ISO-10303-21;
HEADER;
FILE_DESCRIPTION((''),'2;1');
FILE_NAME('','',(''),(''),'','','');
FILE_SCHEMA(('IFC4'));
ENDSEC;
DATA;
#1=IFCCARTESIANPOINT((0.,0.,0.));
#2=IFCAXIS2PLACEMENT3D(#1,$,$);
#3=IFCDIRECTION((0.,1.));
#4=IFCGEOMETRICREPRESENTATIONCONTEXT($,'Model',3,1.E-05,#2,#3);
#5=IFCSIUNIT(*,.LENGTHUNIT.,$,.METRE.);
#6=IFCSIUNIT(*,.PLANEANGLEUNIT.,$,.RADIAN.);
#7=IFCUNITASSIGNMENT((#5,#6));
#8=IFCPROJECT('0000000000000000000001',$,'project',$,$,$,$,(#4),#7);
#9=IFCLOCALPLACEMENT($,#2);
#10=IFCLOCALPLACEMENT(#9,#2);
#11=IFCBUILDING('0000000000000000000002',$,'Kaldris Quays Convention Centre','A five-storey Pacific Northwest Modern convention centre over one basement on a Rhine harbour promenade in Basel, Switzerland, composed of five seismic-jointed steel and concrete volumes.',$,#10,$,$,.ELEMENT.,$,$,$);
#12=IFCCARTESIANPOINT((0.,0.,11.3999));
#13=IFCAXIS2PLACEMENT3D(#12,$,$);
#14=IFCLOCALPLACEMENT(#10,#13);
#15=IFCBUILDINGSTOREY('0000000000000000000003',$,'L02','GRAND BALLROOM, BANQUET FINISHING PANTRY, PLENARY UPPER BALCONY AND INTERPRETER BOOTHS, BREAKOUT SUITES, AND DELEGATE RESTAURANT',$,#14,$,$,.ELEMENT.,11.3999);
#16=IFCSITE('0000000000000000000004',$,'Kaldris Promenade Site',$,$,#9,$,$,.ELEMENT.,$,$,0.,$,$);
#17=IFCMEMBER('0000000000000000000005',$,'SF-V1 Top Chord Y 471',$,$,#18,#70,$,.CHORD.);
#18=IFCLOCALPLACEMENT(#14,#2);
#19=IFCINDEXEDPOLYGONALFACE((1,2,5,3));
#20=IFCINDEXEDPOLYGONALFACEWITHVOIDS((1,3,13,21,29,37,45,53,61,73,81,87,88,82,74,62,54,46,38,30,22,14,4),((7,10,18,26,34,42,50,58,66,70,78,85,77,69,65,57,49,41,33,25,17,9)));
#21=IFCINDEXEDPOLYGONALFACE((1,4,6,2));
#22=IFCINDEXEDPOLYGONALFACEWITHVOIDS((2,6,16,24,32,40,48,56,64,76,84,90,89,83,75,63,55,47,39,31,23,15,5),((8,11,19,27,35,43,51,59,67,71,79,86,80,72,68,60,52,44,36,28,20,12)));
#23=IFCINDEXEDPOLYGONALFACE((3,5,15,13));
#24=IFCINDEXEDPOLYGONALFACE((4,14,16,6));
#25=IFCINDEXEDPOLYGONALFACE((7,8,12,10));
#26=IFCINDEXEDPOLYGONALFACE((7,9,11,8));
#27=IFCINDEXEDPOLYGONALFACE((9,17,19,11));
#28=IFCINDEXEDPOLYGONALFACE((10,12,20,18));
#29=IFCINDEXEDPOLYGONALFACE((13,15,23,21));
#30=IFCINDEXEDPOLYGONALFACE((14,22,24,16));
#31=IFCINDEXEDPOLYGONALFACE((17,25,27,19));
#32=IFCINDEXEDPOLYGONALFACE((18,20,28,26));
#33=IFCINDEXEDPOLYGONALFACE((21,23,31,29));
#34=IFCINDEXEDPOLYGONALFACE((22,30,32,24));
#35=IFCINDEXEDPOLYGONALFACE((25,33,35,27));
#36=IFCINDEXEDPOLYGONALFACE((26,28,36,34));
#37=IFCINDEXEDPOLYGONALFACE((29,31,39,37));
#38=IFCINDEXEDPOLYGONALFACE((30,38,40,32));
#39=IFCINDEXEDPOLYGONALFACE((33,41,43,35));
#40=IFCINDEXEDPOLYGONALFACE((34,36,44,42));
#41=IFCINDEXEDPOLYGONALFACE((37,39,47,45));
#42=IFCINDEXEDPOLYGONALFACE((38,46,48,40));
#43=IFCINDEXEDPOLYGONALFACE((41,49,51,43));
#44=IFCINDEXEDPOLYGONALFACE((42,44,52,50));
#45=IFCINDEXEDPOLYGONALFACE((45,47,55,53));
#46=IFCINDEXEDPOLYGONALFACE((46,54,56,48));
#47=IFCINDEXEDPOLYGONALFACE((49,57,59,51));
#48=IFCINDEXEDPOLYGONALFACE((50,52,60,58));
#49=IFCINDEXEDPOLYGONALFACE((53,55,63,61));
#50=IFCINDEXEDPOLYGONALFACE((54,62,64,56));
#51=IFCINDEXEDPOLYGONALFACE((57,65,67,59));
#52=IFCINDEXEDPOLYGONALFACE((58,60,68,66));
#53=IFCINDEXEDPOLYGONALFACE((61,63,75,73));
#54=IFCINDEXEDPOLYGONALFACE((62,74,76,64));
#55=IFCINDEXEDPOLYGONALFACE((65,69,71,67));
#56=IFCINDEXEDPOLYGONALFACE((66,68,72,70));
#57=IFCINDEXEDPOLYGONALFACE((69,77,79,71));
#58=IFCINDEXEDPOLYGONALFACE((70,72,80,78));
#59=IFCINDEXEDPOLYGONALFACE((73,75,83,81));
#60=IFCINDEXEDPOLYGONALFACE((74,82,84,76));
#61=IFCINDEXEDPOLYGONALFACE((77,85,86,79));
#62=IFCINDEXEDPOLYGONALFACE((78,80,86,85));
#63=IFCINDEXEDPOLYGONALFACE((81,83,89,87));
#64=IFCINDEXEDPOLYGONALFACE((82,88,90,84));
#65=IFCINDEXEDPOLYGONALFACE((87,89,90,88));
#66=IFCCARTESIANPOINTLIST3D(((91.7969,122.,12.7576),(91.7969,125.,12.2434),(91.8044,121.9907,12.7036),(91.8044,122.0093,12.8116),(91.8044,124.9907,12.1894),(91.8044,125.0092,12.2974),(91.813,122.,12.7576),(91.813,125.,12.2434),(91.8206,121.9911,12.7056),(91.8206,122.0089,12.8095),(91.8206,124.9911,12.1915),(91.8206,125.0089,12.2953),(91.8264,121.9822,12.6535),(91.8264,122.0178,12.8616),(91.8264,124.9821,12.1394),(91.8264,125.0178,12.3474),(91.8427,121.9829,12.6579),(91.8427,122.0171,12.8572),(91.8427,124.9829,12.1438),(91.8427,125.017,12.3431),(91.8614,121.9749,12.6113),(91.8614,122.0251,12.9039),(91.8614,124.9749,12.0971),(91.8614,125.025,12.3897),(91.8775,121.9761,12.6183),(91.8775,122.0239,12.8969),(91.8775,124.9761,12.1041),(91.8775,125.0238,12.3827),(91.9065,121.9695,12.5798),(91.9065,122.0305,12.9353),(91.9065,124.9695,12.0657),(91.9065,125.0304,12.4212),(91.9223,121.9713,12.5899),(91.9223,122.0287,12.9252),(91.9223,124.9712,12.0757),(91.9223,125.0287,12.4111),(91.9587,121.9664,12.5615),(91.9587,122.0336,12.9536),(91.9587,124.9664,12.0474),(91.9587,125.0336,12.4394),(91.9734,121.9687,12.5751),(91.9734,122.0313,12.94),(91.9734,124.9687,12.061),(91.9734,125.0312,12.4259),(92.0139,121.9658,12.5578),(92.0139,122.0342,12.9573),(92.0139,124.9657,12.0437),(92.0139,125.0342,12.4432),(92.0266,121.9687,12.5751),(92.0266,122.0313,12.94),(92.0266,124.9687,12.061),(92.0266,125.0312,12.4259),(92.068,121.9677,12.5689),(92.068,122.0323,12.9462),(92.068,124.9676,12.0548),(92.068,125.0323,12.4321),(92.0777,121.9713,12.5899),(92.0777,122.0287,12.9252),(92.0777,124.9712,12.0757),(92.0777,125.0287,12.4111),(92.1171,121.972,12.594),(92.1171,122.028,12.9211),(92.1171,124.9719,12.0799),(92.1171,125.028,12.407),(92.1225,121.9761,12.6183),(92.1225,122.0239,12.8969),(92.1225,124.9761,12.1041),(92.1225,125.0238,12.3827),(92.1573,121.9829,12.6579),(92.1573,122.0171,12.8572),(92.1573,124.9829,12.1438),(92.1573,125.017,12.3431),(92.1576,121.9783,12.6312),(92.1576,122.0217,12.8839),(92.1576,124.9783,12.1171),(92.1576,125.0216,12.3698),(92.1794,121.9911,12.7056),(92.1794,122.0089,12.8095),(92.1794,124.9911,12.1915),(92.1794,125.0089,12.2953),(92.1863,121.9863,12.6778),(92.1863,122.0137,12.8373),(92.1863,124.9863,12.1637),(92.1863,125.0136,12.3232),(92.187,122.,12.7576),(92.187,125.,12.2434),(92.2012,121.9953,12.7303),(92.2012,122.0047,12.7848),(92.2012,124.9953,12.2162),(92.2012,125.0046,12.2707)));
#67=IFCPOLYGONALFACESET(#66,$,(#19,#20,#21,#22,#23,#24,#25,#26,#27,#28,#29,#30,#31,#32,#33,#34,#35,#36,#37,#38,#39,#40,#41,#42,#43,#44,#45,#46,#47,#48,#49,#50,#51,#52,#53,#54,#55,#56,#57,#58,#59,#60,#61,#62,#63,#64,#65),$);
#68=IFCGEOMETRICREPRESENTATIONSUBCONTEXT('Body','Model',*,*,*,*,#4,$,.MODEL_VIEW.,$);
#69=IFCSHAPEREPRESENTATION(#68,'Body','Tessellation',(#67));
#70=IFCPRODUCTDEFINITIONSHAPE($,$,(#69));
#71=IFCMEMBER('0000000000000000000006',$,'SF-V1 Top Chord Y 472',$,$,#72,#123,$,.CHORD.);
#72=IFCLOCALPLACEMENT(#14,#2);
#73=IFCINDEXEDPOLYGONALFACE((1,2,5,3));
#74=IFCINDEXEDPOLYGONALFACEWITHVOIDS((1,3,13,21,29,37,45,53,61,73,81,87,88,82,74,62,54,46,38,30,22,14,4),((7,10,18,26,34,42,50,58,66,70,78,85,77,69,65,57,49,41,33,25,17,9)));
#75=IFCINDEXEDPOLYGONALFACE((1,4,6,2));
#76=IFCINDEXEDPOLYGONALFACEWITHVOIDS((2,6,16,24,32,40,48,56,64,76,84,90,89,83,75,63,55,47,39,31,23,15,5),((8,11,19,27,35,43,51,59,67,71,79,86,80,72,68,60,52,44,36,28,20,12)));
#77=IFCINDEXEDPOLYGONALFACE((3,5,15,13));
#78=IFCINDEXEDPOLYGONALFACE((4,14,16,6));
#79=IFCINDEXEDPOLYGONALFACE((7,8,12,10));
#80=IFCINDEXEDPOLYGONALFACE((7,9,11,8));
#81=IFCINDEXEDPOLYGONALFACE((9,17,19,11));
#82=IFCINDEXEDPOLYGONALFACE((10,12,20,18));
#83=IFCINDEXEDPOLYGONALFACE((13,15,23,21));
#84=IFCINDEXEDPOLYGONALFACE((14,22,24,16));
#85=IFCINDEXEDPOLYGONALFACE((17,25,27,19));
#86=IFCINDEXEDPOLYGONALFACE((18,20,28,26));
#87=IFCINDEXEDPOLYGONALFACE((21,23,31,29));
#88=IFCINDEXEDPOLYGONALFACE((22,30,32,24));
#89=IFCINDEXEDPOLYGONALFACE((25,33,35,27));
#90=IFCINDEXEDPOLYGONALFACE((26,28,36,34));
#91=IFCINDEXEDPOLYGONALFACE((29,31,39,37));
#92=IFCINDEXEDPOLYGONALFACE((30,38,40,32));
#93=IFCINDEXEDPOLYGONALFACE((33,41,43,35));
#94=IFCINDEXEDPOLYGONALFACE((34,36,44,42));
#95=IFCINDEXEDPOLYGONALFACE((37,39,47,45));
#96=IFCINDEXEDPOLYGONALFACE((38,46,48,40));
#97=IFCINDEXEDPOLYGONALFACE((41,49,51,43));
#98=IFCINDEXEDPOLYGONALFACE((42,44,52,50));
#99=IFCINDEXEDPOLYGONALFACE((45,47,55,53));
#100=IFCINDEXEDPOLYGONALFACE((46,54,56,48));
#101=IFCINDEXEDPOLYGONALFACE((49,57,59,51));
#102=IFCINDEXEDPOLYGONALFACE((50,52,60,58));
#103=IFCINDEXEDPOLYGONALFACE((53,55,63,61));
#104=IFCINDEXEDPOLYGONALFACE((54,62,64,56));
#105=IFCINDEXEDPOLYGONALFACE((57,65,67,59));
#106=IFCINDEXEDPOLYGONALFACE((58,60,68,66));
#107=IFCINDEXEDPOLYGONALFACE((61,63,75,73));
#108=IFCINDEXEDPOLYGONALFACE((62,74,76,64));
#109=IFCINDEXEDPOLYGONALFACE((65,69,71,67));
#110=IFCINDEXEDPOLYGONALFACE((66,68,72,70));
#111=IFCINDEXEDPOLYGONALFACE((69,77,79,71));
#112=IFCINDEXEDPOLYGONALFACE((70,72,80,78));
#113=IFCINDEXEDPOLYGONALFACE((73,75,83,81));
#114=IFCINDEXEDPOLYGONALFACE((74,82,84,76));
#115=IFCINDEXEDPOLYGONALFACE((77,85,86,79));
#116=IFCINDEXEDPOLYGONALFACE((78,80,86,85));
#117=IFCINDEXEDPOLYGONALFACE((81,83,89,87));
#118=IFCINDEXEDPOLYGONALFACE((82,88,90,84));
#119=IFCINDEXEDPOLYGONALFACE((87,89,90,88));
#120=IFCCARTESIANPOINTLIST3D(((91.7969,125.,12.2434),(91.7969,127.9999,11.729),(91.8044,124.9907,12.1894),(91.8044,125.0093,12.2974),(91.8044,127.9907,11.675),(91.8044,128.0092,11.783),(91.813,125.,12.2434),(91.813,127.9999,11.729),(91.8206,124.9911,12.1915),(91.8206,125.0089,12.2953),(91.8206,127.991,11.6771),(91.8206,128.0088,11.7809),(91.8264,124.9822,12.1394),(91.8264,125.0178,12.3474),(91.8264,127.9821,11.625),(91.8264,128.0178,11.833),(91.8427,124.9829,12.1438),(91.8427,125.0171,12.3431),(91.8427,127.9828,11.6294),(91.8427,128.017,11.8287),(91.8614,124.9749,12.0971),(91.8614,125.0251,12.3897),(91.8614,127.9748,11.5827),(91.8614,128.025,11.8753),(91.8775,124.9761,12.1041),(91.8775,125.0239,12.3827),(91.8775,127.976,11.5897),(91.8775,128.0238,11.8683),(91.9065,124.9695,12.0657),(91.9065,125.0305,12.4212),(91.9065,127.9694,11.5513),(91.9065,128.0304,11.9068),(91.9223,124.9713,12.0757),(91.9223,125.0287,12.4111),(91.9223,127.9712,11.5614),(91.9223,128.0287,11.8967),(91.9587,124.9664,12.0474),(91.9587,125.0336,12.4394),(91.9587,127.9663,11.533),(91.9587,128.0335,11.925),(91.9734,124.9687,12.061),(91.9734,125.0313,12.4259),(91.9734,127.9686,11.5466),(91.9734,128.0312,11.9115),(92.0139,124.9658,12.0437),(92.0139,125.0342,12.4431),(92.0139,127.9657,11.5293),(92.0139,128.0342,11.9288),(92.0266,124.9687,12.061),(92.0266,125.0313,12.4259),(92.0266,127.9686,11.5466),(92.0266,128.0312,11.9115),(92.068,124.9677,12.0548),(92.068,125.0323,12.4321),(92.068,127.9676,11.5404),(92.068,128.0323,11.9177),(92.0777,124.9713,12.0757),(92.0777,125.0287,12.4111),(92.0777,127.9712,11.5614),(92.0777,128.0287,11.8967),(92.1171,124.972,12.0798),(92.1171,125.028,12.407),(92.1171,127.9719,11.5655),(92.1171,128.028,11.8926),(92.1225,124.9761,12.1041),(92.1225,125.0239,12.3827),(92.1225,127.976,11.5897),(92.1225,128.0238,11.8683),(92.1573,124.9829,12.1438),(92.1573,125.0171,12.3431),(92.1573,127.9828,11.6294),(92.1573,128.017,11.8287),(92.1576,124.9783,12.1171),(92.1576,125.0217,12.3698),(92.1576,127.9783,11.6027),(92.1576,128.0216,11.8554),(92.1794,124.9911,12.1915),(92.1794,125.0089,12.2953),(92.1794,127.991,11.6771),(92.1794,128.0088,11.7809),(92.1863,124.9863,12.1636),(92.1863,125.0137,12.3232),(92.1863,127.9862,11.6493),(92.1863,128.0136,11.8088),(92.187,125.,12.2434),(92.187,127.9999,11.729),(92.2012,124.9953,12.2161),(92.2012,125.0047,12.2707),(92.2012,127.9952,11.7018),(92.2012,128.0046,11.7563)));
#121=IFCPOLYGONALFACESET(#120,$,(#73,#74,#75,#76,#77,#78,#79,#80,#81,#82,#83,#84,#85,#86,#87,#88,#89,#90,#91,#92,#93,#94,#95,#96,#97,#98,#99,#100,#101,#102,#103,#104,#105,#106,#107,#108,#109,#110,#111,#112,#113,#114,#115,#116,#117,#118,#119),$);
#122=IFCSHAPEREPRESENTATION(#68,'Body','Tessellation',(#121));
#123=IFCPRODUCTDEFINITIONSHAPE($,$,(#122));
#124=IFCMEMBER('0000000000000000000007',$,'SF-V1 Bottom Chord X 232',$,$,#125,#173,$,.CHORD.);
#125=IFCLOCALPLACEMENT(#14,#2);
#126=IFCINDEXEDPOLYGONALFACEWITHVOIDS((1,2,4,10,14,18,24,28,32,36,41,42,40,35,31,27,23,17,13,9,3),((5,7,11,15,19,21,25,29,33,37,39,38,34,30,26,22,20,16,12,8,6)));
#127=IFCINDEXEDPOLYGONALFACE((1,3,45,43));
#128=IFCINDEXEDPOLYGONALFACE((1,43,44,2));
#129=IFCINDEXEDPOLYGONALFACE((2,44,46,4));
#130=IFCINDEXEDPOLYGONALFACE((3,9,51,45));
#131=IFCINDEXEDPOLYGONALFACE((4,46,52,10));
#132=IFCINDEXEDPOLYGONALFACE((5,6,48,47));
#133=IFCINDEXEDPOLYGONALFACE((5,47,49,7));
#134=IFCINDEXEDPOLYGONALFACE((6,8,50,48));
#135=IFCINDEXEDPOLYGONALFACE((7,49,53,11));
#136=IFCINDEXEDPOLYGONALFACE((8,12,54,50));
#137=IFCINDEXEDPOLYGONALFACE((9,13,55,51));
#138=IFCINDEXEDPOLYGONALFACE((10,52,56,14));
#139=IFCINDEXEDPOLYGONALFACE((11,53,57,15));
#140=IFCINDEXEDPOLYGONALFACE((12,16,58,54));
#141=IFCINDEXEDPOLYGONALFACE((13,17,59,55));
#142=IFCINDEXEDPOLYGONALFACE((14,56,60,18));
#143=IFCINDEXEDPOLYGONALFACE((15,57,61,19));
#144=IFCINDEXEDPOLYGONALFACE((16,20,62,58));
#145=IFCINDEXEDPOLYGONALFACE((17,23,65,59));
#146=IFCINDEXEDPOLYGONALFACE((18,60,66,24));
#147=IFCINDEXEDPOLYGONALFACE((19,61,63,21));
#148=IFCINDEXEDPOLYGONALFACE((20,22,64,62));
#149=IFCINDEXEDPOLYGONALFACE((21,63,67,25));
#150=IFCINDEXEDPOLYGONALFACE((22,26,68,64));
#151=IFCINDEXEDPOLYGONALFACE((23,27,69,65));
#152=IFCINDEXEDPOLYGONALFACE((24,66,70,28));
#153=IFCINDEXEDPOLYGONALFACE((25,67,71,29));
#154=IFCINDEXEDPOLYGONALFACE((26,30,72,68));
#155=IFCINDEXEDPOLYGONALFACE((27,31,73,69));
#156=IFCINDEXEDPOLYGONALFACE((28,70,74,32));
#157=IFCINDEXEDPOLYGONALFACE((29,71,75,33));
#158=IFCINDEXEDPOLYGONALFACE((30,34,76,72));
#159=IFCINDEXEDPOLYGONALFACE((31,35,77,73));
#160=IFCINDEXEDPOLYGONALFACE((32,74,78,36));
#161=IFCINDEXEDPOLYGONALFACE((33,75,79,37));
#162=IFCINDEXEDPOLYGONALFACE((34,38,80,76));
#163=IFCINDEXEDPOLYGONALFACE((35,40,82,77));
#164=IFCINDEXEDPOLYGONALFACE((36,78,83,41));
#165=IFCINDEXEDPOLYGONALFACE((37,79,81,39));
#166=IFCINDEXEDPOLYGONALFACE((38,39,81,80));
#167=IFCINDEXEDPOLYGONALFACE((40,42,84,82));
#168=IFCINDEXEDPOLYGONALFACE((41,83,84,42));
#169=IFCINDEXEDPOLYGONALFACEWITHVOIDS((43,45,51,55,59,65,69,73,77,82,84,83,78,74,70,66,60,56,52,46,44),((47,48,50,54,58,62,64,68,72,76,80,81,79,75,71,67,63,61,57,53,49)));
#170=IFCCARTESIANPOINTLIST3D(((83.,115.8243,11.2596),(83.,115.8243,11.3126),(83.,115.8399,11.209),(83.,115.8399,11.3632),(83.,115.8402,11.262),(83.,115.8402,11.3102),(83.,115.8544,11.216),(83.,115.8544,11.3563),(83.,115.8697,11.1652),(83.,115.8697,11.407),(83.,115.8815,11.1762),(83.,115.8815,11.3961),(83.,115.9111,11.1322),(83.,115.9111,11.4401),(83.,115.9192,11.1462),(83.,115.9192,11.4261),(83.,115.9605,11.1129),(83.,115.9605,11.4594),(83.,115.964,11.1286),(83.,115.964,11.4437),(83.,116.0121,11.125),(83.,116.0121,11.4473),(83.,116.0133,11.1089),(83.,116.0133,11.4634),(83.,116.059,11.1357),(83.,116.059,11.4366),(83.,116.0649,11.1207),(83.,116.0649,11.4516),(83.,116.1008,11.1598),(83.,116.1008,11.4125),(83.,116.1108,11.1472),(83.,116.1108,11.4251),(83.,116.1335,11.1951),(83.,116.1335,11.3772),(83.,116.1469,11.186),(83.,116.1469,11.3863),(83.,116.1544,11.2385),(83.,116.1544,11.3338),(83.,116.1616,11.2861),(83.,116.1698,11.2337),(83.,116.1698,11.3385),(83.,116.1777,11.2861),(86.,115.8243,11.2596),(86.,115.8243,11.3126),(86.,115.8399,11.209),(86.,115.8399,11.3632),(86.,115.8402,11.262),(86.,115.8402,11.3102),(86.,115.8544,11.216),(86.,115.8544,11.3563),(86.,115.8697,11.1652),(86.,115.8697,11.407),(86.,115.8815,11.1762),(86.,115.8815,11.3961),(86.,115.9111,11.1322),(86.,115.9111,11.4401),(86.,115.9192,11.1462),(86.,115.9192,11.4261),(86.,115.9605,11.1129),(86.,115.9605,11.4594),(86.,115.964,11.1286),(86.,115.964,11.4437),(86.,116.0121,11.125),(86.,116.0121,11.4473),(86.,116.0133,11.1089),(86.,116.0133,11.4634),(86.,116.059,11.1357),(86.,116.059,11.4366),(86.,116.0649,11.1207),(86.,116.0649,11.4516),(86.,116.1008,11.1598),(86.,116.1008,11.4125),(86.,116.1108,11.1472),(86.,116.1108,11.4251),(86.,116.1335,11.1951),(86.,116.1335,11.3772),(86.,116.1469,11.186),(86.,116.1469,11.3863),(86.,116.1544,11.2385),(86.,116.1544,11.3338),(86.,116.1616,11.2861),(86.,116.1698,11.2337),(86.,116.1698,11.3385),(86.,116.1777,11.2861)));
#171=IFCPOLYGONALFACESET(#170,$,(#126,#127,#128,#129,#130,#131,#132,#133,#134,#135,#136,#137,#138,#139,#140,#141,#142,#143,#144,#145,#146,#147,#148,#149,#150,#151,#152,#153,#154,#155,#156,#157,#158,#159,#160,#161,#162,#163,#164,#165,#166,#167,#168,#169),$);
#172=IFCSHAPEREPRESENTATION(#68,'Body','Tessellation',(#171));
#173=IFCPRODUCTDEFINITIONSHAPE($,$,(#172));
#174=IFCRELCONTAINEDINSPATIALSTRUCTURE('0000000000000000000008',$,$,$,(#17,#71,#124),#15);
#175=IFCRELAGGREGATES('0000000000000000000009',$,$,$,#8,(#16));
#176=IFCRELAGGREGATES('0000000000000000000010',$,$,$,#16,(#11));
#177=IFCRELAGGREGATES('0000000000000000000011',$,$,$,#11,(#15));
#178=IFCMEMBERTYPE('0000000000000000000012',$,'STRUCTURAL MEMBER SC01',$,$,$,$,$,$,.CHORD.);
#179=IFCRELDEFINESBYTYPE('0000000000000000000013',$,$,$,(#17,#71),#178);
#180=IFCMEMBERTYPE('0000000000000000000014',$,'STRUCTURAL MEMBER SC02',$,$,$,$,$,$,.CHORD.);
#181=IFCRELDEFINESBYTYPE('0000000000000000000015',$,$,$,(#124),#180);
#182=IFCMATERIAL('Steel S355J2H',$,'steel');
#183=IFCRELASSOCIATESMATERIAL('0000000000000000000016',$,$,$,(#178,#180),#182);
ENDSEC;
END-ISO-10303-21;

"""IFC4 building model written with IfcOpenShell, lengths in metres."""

from ifc_helpers import new_model, si_unit, direction, frame, origin, origin_2d, place, context, subcontext, project, spatial, hollow_circle, extrude, material, material_profile, profile_set, type_object, element, save


model = new_model("IFC4")

# Units and contexts
model_context = context("Model", 3, precision=1e-05, world=origin(), true_north=direction((0.0, 1.0)))
body_context = subcontext(model_context, "Body", "Model", "MODEL_VIEW")
ifc_project = project(units=[si_unit("LENGTHUNIT", "METRE"), si_unit("PLANEANGLEUNIT", "RADIAN")], contexts=[model_context])

# Site, building, storey
site_placement = place(None, origin())
site = spatial("IfcSite", under=ifc_project, at=site_placement, Name="Kaldris Promenade Site", CompositionType="ELEMENT", RefElevation=0.0)
building_placement = place(site_placement, origin())
building = spatial("IfcBuilding", under=site, at=building_placement, Name="Kaldris Quays Convention Centre", Description="A five-storey Pacific Northwest Modern convention centre over one basement on a Rhine harbour promenade in Basel, Switzerland, composed of five seismic-jointed steel and concrete volumes.", CompositionType="ELEMENT")
storey_placement = place(building_placement, frame((0.0, 0.0, 11.3999)))
storey = spatial("IfcBuildingStorey", under=building, at=storey_placement, Name="L02", Description="GRAND BALLROOM, BANQUET FINISHING PANTRY, PLENARY UPPER BALCONY AND INTERPRETER BOOTHS, BREAKOUT SUITES, AND DELEGATE RESTAURANT", CompositionType="ELEMENT", Elevation=11.3999)

# Members
ifc_material_1 = material(Name="Steel S355J2H", Category="steel")
ifc_material_profile_1 = material_profile(ifc_material_1, hollow_circle(Radius=0.2031, WallThickness=0.0161, at=origin_2d()), Name="CHS 406.4x16")
ifc_profile_set_1 = profile_set([ifc_material_profile_1], Name="Steel S355J2H")
member_type_1 = type_object("IfcMemberType", Name="STRUCTURAL MEMBER SC01", PredefinedType="CHORD", material=ifc_profile_set_1)
for number, where, z_axis, x_axis, name in (
    (1, (92.0, 122.0, 12.7576), (0.0, 0.985629, -0.168924), (-1.0, 0.0, 0.0), "SF-V1 Top Chord Y 471"),
    (2, (92.0, 125.0, 12.2434), (0.0, 0.985616, -0.169002), (-1.0, 0.0, 0.0), "SF-V1 Top Chord Y 472"),
):
    element("IfcMember", number, at=place(storey_placement, frame(where, z_axis=z_axis, x_axis=x_axis)), inside=storey, type_object=member_type_1, Name=name, PredefinedType="CHORD", context=body_context, shape_type="SweptSolid", body=[
        extrude(hollow_circle(Radius=0.2031, WallThickness=0.0161, at=origin_2d()), origin(), (0.0, 0.0, 1.0), 3.0437),
    ])
ifc_material_profile_2 = material_profile(ifc_material_1, hollow_circle(Radius=0.1777, WallThickness=0.0161, at=origin_2d()), Name="CHS 355.6x16")
ifc_profile_set_2 = profile_set([ifc_material_profile_2], Name="Steel S355J2H")
member_type_2 = type_object("IfcMemberType", Name="STRUCTURAL MEMBER SC02", PredefinedType="CHORD", material=ifc_profile_set_2)
for number, where, z_axis, x_axis, name in (
    (3, (83.0, 116.0, 11.2861), (1.0, 0.0, 0.0), (0.0, 1.0, 0.0), "SF-V1 Bottom Chord X 232"),
):
    element("IfcMember", number, at=place(storey_placement, frame(where, z_axis=z_axis, x_axis=x_axis)), inside=storey, type_object=member_type_2, Name=name, PredefinedType="CHORD", context=body_context, shape_type="SweptSolid", body=[
        extrude(hollow_circle(Radius=0.1777, WallThickness=0.0161, at=origin_2d()), origin(), (0.0, 0.0, 1.0), 3.0),
    ])

save(model, "model.ifc")
